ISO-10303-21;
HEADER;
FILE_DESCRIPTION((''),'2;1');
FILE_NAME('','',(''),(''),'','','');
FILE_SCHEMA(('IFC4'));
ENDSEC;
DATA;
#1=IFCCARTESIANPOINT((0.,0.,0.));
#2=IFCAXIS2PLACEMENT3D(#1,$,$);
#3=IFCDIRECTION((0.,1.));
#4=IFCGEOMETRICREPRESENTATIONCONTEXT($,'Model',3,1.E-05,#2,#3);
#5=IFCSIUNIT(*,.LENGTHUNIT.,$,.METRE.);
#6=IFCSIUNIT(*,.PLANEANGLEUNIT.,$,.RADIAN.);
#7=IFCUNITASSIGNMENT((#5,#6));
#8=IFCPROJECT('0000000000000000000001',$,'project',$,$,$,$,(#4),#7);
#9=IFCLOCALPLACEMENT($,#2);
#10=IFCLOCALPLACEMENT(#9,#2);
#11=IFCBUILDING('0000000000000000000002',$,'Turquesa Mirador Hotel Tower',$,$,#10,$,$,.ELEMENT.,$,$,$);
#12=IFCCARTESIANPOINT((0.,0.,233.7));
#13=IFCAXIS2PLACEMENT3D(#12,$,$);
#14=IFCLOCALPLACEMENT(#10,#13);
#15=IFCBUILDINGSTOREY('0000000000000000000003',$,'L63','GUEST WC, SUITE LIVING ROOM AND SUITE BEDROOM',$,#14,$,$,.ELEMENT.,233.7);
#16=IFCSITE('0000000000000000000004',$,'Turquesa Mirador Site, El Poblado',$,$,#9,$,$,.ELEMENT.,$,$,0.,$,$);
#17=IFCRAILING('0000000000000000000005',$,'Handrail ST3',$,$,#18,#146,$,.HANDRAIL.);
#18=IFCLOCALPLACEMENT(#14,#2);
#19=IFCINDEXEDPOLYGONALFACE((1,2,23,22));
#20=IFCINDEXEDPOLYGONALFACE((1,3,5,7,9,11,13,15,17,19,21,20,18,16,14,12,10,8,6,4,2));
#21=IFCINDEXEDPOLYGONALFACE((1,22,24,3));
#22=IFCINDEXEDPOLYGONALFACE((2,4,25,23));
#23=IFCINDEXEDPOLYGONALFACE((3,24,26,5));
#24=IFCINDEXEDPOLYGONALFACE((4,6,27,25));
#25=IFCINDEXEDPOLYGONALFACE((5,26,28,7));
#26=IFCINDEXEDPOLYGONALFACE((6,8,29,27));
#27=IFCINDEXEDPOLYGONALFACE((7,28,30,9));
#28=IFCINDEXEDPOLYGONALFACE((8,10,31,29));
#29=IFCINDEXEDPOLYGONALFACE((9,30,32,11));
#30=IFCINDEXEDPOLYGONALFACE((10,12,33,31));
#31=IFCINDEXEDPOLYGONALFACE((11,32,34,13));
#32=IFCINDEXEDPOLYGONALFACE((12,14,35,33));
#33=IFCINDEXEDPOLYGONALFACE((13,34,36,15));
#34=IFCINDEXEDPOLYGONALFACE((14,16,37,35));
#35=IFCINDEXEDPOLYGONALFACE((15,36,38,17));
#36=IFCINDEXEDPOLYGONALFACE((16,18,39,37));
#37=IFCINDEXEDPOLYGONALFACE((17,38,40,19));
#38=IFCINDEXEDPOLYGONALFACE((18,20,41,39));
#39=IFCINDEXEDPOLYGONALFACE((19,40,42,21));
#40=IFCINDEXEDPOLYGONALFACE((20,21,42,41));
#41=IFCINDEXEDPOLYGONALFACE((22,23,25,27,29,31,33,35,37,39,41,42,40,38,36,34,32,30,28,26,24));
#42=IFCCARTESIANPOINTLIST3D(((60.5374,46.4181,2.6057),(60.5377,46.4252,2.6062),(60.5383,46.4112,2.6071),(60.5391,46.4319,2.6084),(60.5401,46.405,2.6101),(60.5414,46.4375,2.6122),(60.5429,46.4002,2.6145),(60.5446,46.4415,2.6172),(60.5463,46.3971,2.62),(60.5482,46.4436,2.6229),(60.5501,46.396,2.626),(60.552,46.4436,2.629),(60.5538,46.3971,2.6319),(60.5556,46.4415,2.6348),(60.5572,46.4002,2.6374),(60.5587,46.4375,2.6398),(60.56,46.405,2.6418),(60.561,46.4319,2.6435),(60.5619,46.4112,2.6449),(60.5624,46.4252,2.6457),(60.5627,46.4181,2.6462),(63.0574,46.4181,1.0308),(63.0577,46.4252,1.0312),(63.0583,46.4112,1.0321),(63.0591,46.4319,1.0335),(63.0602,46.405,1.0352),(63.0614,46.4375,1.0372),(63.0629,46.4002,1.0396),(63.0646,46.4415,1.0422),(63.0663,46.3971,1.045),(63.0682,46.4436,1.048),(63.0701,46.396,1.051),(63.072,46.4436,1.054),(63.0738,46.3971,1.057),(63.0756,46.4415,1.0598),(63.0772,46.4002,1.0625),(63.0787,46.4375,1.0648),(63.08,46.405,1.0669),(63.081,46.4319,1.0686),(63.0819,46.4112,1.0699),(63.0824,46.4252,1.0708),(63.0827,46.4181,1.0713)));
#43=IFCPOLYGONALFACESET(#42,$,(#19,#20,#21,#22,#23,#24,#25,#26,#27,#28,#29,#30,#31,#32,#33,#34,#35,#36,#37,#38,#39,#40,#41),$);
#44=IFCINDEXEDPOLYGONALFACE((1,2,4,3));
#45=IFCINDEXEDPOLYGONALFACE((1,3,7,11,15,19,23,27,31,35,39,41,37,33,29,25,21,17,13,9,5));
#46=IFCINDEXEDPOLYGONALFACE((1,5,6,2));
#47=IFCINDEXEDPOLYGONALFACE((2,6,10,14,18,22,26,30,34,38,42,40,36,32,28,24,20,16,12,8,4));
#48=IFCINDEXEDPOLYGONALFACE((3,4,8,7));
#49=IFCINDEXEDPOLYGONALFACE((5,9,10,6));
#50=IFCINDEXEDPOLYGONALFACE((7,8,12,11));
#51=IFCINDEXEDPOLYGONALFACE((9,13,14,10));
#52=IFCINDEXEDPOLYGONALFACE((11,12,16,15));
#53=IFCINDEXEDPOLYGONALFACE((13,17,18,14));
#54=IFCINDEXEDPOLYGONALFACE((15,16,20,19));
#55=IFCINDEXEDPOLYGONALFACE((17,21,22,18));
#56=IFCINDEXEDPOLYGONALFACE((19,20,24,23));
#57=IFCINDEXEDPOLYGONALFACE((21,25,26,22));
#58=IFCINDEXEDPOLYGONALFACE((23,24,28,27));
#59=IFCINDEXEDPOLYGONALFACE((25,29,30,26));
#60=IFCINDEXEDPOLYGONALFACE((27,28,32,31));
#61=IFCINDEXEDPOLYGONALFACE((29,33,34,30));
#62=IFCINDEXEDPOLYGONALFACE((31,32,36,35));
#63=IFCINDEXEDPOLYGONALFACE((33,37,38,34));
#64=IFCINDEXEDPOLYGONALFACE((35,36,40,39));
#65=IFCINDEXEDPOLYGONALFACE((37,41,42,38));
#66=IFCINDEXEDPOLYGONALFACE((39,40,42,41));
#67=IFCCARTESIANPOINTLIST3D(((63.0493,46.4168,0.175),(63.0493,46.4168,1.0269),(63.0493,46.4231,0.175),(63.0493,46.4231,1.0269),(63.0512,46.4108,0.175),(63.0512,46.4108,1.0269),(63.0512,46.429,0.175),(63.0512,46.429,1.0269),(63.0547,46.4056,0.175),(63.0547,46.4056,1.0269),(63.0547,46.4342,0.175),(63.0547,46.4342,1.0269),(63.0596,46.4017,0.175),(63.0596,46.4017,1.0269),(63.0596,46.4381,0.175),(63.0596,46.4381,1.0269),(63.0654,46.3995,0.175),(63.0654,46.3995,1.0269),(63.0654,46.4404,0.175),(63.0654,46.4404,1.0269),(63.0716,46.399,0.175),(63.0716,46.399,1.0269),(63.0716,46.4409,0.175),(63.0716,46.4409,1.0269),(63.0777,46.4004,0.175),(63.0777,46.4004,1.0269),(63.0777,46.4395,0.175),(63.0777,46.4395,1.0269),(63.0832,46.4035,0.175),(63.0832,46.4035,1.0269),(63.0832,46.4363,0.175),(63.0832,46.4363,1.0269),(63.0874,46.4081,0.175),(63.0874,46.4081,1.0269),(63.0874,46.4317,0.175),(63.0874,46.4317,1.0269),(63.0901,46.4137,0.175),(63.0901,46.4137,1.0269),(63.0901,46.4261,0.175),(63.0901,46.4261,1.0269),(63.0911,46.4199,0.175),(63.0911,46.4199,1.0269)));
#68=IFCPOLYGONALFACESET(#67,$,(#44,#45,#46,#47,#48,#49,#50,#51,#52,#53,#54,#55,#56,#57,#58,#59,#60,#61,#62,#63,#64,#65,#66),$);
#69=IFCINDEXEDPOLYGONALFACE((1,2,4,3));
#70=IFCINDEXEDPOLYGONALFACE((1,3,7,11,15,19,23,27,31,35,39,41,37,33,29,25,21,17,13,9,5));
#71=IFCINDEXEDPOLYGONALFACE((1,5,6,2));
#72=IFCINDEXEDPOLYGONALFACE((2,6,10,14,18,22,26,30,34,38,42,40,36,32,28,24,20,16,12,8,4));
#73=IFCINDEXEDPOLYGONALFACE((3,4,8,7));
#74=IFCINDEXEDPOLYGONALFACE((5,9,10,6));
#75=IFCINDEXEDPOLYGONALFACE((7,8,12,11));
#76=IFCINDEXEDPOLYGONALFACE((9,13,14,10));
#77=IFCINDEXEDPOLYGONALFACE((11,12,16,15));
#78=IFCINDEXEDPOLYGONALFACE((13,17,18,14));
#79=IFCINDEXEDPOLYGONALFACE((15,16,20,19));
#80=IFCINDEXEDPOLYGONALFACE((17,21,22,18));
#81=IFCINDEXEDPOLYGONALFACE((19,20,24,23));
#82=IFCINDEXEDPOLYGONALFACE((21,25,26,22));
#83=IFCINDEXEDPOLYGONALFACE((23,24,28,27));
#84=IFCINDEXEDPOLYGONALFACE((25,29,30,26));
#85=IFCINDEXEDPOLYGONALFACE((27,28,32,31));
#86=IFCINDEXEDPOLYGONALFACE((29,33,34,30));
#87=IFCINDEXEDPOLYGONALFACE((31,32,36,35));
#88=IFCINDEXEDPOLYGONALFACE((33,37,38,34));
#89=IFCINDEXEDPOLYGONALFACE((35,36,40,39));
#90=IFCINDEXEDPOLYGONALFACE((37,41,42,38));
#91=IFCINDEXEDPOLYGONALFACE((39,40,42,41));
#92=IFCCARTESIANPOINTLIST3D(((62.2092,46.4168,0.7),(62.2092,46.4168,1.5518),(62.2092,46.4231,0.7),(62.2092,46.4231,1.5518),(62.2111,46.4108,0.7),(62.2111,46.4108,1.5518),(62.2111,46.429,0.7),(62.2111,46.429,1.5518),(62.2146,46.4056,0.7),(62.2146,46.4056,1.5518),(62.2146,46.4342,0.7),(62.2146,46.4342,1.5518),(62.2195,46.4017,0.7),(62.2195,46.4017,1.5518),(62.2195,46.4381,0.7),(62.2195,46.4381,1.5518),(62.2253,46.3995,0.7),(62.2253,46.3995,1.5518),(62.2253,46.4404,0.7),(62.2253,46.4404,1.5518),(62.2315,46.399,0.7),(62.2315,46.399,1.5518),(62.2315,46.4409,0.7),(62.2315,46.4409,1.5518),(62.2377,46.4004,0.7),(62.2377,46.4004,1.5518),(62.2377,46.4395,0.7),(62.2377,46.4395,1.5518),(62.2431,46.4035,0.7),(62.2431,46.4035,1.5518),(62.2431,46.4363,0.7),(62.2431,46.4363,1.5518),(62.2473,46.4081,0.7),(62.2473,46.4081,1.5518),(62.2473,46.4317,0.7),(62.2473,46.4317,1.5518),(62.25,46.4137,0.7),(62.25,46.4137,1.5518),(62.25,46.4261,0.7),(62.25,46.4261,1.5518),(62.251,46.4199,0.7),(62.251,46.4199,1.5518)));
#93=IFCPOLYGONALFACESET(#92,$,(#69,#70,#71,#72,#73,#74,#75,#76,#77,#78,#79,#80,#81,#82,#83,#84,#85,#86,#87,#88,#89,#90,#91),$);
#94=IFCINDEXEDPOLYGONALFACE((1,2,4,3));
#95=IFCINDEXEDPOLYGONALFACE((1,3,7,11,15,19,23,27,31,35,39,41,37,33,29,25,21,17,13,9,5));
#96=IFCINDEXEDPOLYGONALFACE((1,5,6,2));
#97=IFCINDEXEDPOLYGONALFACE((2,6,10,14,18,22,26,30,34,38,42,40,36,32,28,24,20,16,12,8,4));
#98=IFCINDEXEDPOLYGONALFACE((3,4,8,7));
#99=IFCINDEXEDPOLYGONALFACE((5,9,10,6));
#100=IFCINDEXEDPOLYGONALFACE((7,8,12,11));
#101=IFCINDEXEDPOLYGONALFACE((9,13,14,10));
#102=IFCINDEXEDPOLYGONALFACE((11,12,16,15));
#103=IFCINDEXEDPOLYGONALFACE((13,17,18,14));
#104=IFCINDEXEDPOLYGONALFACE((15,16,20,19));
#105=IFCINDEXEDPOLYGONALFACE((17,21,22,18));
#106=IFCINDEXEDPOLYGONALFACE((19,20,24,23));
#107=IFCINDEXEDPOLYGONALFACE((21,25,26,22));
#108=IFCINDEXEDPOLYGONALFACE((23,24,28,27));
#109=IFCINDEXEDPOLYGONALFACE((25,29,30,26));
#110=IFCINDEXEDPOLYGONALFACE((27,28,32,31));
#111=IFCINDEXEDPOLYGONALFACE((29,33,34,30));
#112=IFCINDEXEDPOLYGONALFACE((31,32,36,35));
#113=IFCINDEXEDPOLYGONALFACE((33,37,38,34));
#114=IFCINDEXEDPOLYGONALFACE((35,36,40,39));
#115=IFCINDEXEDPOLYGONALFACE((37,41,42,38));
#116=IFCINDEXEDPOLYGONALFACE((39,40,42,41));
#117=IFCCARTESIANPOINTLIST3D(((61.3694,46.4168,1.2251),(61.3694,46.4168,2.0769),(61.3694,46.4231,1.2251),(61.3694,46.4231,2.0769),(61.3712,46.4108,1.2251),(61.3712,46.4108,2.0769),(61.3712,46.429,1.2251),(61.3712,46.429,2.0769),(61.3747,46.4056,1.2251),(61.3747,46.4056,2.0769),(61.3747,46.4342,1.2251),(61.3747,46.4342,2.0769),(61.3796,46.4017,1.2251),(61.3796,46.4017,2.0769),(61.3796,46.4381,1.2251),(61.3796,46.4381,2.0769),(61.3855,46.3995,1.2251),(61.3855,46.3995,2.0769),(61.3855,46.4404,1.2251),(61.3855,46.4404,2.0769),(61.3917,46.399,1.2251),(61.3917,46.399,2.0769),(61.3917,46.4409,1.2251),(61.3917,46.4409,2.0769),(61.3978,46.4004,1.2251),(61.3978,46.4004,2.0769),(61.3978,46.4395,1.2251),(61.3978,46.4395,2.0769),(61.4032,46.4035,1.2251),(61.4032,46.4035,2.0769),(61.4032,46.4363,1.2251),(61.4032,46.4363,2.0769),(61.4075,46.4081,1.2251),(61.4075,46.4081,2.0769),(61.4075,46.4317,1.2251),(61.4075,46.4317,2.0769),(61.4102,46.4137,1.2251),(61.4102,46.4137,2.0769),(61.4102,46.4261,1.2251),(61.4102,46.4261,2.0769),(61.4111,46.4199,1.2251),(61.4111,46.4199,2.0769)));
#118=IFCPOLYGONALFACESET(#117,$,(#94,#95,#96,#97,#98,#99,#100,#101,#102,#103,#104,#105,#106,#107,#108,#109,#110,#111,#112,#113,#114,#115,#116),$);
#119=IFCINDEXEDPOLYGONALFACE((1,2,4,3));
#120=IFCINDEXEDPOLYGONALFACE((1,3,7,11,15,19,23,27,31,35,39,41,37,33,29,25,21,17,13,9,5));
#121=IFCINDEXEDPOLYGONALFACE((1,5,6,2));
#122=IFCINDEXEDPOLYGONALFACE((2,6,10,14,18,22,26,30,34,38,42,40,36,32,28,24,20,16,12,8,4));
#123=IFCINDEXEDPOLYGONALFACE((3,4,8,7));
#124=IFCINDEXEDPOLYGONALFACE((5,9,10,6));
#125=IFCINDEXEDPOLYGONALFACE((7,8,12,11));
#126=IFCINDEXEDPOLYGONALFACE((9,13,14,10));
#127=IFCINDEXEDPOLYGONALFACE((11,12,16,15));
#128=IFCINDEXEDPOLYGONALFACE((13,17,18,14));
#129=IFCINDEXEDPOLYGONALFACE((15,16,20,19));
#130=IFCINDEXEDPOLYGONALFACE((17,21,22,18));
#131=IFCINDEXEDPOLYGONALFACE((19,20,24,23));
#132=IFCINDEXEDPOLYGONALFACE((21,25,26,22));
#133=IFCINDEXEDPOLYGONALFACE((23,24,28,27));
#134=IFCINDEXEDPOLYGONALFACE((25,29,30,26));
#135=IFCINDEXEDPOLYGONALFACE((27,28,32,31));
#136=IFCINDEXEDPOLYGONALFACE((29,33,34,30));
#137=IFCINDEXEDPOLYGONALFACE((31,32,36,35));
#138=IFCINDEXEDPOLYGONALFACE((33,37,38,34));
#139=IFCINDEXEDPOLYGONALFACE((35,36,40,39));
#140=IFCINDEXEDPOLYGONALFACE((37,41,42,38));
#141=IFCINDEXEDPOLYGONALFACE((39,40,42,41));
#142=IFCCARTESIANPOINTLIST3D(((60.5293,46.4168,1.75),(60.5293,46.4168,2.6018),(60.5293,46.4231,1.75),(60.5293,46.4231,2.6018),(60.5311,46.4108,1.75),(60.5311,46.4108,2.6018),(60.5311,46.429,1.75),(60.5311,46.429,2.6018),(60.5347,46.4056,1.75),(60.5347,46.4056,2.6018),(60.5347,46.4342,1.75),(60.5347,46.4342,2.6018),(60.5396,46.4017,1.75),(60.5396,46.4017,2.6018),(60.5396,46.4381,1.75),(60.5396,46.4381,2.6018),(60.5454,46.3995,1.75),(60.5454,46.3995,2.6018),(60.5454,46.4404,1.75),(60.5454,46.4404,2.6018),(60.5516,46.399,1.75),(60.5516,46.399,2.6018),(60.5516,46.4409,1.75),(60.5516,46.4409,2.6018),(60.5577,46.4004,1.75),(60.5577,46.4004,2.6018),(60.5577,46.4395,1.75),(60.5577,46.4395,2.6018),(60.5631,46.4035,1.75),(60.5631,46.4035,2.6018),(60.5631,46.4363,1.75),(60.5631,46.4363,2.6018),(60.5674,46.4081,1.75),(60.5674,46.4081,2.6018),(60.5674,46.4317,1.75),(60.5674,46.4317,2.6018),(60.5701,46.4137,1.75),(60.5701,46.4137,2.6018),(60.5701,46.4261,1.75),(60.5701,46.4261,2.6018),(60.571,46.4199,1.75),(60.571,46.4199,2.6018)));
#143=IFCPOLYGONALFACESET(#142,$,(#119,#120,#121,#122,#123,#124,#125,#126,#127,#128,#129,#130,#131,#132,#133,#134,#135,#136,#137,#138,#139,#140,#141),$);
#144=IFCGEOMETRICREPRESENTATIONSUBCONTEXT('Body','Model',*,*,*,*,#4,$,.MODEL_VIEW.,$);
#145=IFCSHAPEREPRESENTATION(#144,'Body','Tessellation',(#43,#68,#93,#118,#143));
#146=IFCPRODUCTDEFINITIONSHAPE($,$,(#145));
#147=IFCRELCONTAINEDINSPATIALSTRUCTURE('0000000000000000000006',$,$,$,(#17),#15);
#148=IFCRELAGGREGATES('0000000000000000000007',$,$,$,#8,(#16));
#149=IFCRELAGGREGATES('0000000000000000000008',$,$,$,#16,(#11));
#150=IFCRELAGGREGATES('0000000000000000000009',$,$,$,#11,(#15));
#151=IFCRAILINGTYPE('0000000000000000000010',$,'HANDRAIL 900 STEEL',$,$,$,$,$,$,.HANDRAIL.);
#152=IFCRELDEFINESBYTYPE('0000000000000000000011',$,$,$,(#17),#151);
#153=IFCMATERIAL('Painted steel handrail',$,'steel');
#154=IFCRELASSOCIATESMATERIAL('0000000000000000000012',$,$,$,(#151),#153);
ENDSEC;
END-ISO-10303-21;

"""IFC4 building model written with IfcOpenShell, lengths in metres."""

from ifc_helpers import new_model, si_unit, direction, frame, origin, origin_2d, place, context, subcontext, project, spatial, circle, extrude, material, type_object, element, save


model = new_model("IFC4")

# Units and contexts
model_context = context("Model", 3, precision=1e-05, world=origin(), true_north=direction((0.0, 1.0)))
body_context = subcontext(model_context, "Body", "Model", "MODEL_VIEW")
ifc_project = project(units=[si_unit("LENGTHUNIT", "METRE"), si_unit("PLANEANGLEUNIT", "RADIAN")], contexts=[model_context])

# Site, building, storey
site_placement = place(None, origin())
site = spatial("IfcSite", under=ifc_project, at=site_placement, Name="Turquesa Mirador Site, El Poblado", CompositionType="ELEMENT", RefElevation=0.0)
building_placement = place(site_placement, origin())
building = spatial("IfcBuilding", under=site, at=building_placement, Name="Turquesa Mirador Hotel Tower", CompositionType="ELEMENT")
storey_placement = place(building_placement, frame((0.0, 0.0, 233.7)))
storey = spatial("IfcBuildingStorey", under=building, at=storey_placement, Name="L63", Description="GUEST WC, SUITE LIVING ROOM AND SUITE BEDROOM", CompositionType="ELEMENT", Elevation=233.7)

# Railing
ifc_material_1 = material(Name="Painted steel handrail", Category="steel")
railing_type = type_object("IfcRailingType", Name="HANDRAIL 900 STEEL", PredefinedType="HANDRAIL", material=ifc_material_1)
railing_1_placement = place(storey_placement, frame((63.0701, 46.4199, 0.175)))
element("IfcRailing", 1, at=railing_1_placement, inside=storey, type_object=railing_type, Name="Handrail ST3", PredefinedType="HANDRAIL", context=body_context, shape_type="SweptSolid", body=[
    extrude(circle(Radius=0.0239, at=origin_2d()), frame((0.0, 0.0, 0.876), z_axis=(-0.848008, 0.0, 0.529984), x_axis=(0.0, -1.0, 0.0)), (0.0, 0.0, 1.0), 2.9717),
    extrude(circle(Radius=0.021, at=origin_2d()), origin(), (0.0, 0.0, 1.0), 0.8518),
    extrude(circle(Radius=0.021, at=origin_2d()), frame((-0.8401, 0.0, 0.5249)), (0.0, 0.0, 1.0), 0.8518),
    extrude(circle(Radius=0.021, at=origin_2d()), frame((-1.6799, 0.0, 1.05)), (0.0, 0.0, 1.0), 0.8518),
    extrude(circle(Radius=0.021, at=origin_2d()), frame((-2.52, 0.0, 1.575)), (0.0, 0.0, 1.0), 0.8518),
])

save(model, "model.ifc")
